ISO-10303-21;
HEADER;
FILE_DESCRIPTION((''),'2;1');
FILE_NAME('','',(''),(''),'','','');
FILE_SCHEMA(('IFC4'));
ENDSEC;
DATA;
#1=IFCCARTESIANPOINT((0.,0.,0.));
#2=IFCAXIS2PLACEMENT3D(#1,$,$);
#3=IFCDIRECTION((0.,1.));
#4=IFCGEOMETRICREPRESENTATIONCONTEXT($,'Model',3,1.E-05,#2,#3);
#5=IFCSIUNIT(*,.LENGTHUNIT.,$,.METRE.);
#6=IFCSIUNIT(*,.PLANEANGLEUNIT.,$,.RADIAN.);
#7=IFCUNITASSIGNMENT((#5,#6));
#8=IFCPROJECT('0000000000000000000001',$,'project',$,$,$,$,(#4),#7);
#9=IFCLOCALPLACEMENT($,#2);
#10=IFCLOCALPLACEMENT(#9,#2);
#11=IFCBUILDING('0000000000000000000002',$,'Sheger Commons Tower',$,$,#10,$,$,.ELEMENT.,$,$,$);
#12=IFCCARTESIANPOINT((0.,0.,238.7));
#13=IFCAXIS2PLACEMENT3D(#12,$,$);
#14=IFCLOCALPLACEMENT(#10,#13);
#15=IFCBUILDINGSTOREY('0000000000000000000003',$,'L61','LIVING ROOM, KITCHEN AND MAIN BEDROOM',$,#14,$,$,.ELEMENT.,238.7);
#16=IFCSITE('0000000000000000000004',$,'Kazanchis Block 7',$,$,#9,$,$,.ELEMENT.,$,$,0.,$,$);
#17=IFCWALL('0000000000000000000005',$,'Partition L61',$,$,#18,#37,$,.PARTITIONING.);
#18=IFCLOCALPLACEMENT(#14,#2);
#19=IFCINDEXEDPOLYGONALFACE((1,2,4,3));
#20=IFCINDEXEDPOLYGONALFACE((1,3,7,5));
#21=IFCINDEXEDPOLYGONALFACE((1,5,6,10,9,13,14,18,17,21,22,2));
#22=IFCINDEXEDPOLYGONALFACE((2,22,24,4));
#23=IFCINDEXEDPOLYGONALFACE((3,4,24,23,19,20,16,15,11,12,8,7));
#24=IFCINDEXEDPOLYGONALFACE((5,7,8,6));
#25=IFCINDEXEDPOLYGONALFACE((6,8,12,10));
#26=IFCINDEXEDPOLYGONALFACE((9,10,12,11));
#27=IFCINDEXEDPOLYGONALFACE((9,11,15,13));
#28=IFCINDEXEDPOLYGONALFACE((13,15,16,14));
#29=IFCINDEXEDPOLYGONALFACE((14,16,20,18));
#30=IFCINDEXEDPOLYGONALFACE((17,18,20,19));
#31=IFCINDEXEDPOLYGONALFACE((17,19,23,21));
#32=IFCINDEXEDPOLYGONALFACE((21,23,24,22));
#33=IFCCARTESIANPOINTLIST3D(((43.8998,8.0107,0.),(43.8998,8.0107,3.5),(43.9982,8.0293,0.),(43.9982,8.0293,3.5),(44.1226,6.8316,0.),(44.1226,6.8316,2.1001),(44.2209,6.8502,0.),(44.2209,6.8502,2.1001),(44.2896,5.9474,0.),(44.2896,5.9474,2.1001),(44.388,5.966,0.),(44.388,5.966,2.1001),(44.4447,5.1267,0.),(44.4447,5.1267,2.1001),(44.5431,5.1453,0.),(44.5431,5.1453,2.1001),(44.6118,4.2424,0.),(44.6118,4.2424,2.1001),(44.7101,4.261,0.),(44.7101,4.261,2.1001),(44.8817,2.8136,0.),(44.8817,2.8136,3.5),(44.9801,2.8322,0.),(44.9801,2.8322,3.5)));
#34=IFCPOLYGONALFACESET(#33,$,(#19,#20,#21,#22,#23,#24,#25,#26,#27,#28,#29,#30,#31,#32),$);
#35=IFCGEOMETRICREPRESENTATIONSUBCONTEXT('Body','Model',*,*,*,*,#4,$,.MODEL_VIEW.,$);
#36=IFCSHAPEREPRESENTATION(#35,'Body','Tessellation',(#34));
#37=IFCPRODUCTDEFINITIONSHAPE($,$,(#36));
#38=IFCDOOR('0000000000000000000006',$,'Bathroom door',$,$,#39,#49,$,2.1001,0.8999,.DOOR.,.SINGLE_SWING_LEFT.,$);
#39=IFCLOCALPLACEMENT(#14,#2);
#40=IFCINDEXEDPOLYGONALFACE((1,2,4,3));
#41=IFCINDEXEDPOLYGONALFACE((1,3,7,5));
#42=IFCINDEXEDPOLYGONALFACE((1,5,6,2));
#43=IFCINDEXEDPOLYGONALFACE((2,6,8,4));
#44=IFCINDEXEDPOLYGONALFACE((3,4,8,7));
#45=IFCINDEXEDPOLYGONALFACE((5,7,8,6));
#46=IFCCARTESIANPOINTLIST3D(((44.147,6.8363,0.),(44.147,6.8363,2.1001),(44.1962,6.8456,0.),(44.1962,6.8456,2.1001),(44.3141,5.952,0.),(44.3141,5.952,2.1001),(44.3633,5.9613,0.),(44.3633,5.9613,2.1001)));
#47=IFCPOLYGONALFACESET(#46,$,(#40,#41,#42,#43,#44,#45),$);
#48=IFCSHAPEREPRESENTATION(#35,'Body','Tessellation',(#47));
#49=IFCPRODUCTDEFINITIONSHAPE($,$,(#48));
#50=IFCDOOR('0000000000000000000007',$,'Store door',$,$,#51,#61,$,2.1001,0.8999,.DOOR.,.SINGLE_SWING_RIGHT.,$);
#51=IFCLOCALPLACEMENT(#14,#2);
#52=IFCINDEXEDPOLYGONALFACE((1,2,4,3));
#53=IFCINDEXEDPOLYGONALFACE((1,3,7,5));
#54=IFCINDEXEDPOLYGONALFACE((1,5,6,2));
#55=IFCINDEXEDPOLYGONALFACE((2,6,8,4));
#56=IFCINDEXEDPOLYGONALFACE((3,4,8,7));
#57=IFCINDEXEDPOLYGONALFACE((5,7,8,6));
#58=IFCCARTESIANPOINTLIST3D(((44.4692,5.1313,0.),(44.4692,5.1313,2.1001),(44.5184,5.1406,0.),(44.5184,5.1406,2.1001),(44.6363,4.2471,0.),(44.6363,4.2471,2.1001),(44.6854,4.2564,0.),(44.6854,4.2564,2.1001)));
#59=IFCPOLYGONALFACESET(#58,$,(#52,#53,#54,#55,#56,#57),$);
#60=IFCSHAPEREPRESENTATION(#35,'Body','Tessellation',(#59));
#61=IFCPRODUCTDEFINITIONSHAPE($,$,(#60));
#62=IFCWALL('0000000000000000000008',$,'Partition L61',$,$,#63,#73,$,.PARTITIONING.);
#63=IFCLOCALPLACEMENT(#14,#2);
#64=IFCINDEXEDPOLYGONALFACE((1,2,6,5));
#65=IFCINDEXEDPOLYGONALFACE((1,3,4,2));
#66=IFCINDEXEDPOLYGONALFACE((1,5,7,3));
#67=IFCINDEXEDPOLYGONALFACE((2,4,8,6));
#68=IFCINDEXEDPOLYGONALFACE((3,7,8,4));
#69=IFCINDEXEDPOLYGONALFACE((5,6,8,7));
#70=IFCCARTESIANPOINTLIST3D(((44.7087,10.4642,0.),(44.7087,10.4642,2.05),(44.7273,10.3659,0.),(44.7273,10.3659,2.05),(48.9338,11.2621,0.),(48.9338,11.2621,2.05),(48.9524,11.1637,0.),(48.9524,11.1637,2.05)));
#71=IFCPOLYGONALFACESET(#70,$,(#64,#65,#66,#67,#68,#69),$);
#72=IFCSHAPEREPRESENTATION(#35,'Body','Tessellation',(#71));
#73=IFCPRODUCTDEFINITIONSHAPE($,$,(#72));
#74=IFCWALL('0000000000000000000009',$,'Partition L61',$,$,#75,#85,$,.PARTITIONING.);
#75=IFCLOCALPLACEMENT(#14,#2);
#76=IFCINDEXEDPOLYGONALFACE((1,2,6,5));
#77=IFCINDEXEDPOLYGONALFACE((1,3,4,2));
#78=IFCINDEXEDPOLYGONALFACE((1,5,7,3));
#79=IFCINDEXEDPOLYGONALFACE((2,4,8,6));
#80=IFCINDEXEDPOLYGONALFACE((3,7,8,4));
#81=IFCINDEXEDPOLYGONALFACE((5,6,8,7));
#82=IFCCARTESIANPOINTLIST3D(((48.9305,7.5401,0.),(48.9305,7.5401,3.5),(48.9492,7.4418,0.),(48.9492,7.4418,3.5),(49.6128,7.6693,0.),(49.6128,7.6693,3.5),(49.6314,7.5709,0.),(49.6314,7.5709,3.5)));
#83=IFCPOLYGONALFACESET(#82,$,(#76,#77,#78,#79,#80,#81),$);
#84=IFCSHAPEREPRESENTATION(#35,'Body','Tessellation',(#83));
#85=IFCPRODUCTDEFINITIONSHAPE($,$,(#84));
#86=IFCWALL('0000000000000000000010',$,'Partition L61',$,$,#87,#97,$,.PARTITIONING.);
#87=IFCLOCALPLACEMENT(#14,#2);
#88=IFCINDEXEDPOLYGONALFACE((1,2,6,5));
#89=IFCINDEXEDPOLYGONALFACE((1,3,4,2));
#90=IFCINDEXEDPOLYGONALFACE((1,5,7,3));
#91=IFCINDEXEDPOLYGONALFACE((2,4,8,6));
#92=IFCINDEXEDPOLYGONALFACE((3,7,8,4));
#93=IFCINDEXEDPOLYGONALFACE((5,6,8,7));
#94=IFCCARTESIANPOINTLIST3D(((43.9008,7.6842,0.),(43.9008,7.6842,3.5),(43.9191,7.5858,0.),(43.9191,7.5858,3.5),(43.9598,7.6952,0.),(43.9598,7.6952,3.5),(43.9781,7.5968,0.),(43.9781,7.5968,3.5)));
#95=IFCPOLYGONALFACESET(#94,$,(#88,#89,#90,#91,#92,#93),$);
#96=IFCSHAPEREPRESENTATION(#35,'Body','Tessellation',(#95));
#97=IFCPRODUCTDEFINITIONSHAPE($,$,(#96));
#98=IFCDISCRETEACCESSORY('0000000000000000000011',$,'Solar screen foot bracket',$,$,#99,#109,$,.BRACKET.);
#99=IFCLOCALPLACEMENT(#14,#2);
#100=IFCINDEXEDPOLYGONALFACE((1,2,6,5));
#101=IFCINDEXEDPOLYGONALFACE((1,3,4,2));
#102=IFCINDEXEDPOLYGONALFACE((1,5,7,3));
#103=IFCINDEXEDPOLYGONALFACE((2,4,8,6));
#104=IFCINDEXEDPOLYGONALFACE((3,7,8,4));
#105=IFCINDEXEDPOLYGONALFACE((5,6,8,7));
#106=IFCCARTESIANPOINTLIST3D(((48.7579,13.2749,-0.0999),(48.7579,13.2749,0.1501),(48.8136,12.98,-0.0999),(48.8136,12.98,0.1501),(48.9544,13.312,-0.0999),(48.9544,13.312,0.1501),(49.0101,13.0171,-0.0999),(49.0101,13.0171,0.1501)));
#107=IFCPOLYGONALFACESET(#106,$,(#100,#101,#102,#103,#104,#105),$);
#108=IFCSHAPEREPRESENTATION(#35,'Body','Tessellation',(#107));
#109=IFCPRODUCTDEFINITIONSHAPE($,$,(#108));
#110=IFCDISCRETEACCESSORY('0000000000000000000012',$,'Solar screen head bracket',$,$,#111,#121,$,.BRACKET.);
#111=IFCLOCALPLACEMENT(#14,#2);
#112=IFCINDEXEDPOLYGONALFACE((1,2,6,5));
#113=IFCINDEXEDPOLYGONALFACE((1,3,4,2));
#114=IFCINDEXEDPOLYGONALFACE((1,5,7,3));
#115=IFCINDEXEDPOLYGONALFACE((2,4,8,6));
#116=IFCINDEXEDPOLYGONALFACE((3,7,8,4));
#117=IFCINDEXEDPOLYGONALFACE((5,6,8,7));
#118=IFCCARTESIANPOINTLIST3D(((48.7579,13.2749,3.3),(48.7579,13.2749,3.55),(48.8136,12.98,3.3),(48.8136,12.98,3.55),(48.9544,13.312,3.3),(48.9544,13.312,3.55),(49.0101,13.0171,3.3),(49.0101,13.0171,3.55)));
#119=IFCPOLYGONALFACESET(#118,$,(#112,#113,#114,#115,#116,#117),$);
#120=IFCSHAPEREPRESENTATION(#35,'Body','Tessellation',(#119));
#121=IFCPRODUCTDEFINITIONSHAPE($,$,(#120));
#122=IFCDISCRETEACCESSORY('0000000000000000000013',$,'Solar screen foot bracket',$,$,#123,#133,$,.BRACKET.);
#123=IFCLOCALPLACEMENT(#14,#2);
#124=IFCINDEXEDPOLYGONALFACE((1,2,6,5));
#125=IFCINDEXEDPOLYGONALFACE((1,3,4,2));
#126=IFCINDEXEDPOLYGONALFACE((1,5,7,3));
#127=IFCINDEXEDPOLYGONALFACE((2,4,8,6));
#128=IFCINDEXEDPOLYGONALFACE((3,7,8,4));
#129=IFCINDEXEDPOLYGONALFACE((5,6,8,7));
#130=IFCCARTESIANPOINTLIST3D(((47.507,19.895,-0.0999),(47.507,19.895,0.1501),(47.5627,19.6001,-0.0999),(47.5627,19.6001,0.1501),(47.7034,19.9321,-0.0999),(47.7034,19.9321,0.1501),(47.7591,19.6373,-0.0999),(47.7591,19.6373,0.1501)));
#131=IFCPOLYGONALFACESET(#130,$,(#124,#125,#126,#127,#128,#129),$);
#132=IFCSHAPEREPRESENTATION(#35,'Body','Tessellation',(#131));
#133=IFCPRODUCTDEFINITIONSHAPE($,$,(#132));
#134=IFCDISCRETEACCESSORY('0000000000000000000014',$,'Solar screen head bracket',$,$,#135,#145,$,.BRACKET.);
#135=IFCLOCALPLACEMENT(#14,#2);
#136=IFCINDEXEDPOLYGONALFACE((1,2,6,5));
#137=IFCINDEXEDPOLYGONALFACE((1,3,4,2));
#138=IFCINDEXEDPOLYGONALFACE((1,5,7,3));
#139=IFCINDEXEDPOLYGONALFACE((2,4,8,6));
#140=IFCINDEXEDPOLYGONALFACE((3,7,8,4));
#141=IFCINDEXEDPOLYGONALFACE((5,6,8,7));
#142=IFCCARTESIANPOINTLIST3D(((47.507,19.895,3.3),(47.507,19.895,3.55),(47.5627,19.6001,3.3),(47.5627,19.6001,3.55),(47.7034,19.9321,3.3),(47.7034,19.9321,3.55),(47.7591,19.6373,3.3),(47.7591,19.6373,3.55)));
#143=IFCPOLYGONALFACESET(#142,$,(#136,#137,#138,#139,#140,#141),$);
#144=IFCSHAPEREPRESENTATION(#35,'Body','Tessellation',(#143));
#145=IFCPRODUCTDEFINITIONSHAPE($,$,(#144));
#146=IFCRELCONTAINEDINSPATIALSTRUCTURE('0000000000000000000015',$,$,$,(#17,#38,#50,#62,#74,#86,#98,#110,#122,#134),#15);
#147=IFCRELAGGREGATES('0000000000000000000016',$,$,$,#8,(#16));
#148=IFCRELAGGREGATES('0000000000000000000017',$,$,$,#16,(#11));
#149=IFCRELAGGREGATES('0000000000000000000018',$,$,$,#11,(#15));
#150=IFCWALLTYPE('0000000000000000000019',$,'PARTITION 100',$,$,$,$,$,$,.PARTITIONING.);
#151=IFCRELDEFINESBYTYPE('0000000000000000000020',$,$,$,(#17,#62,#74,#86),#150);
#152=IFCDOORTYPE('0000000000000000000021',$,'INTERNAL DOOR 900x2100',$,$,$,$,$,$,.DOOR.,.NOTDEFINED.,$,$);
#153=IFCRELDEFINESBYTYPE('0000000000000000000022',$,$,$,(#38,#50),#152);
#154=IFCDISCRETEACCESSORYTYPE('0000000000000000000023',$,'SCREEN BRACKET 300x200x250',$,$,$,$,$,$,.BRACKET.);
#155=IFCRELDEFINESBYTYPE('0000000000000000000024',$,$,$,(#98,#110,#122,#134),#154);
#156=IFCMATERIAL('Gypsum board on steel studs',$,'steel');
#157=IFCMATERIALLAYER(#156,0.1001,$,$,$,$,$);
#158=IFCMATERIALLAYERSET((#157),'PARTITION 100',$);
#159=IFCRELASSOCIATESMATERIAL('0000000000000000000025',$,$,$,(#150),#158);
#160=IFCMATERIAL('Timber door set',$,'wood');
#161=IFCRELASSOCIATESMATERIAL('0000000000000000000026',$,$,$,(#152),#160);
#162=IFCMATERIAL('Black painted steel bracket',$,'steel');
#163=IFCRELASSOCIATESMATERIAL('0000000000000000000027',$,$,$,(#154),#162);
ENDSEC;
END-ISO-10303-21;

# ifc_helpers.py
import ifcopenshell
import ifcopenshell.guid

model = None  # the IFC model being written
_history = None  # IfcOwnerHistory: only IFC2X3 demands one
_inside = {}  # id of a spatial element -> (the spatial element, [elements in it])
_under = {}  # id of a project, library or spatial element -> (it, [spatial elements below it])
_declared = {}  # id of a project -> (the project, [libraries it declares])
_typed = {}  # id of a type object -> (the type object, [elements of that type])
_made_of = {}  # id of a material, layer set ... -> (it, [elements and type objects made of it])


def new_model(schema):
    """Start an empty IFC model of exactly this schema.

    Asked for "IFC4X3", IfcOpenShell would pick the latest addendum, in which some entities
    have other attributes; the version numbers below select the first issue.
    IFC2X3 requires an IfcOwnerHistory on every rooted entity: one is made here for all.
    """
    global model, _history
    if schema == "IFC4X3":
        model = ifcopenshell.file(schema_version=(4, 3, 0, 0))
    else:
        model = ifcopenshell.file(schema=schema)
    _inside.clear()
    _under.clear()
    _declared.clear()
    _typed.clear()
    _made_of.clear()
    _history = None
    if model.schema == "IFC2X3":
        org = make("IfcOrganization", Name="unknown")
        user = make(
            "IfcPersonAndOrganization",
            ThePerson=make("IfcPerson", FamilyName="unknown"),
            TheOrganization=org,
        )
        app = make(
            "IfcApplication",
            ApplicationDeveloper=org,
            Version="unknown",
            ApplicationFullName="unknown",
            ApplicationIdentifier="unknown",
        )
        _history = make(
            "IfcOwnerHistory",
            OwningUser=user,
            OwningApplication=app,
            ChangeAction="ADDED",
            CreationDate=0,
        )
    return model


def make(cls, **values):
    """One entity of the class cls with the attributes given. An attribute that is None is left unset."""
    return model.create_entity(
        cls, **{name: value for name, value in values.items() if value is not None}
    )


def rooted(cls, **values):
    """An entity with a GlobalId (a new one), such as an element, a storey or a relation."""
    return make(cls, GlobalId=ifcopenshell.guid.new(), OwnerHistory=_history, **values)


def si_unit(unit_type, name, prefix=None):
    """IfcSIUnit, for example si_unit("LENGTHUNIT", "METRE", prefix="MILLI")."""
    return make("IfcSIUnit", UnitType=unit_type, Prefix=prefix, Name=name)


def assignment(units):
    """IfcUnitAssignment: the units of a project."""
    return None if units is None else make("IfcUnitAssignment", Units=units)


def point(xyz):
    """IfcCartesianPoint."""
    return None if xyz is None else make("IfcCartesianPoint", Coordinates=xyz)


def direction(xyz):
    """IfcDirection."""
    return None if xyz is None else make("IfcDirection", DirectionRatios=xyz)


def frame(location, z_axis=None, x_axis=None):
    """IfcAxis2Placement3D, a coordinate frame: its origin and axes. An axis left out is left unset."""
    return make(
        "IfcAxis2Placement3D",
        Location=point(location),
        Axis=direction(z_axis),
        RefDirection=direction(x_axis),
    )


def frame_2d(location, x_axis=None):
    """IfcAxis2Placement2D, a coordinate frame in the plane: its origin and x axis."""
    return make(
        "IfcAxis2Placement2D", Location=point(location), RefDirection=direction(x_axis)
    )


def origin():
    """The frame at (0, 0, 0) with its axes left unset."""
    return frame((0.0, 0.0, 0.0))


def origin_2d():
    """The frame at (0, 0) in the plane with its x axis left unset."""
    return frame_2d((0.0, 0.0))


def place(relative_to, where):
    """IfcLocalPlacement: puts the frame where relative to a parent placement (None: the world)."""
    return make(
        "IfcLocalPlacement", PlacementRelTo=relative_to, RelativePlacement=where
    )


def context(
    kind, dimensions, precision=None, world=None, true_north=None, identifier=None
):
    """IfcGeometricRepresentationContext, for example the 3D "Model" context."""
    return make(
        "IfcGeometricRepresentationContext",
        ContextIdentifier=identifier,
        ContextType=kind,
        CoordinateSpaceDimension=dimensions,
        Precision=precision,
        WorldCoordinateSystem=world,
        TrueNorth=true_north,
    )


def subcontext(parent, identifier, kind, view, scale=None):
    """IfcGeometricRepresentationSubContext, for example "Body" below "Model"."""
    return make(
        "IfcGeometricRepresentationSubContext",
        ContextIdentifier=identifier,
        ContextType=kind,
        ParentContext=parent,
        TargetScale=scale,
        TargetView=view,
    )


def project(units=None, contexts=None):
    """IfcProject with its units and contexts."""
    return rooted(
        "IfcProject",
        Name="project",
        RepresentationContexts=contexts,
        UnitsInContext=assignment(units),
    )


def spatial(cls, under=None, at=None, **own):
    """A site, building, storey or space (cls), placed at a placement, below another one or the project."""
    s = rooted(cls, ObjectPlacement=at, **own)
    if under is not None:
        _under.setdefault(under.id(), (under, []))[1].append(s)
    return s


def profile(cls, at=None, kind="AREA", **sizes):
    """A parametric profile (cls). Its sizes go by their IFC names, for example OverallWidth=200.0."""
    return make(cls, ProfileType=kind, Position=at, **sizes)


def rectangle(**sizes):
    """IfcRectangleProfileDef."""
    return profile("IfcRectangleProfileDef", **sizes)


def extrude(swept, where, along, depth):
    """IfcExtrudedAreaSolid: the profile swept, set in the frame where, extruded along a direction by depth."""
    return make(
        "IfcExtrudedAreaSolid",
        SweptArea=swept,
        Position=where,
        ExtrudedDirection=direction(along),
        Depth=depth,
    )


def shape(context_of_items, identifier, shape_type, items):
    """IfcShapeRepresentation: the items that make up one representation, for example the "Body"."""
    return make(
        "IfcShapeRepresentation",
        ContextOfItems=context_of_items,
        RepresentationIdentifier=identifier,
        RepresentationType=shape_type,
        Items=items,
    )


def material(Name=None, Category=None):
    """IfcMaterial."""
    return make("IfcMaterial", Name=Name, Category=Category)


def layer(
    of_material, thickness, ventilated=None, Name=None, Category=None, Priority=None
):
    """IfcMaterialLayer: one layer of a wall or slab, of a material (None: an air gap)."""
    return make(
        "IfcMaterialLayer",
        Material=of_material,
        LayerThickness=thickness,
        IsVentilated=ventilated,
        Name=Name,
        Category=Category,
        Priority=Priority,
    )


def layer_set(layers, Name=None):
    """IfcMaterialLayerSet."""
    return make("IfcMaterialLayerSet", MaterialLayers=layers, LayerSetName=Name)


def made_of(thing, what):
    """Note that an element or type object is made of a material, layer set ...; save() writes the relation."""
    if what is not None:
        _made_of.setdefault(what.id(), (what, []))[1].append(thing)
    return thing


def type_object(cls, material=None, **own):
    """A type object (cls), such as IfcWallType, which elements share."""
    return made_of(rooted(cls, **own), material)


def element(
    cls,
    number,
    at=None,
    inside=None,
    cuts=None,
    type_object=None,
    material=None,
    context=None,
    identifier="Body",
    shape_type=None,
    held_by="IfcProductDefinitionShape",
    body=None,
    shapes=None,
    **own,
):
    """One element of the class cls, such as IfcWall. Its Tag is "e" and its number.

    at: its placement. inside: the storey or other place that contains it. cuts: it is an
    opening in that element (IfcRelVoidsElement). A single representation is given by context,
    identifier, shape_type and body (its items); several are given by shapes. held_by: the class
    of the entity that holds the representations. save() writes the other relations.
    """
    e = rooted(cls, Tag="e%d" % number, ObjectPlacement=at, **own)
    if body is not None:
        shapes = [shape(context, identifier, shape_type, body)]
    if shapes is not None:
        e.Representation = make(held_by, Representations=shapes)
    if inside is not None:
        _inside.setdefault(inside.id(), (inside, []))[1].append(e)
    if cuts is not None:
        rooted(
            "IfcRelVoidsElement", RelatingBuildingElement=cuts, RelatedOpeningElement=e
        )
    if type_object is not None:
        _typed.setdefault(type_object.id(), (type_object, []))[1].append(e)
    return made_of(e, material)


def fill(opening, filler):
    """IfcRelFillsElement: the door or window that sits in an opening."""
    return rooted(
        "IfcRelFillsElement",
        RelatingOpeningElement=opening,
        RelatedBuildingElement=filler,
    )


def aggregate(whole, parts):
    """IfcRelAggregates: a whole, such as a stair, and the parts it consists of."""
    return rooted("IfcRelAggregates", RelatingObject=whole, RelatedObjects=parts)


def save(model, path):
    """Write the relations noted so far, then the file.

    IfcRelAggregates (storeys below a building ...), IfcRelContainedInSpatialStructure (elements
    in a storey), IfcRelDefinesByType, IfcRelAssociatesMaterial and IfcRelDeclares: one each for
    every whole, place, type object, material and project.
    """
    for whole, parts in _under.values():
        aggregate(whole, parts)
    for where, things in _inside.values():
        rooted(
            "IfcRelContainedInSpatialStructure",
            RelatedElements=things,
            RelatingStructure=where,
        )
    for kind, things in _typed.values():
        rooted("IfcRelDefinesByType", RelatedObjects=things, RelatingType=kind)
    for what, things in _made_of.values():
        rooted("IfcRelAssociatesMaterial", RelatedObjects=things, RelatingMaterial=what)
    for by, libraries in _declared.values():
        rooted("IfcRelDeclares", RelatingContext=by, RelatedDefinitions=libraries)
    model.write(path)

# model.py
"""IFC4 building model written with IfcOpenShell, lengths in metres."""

from ifc_helpers import new_model, si_unit, direction, frame, frame_2d, origin, origin_2d, place, context, subcontext, project, spatial, rectangle, extrude, material, layer, layer_set, type_object, element, fill, save


model = new_model("IFC4")

# Units and contexts
model_context = context("Model", 3, precision=1e-05, world=origin(), true_north=direction((0.0, 1.0)))
body_context = subcontext(model_context, "Body", "Model", "MODEL_VIEW")
ifc_project = project(units=[si_unit("LENGTHUNIT", "METRE"), si_unit("PLANEANGLEUNIT", "RADIAN")], contexts=[model_context])

# Site, building, storey
site_placement = place(None, origin())
site = spatial("IfcSite", under=ifc_project, at=site_placement, Name="Kazanchis Block 7", CompositionType="ELEMENT", RefElevation=0.0)
building_placement = place(site_placement, origin())
building = spatial("IfcBuilding", under=site, at=building_placement, Name="Sheger Commons Tower", CompositionType="ELEMENT")
storey_placement = place(building_placement, frame((0.0, 0.0, 238.7)))
storey = spatial("IfcBuildingStorey", under=building, at=storey_placement, Name="L61", Description="LIVING ROOM, KITCHEN AND MAIN BEDROOM", CompositionType="ELEMENT", Elevation=238.7)

# Shared definitions
ifc_material_1 = material(Name="Gypsum board on steel studs", Category="steel")
ifc_layer_1 = layer(ifc_material_1, 0.1001)
ifc_layer_set_1 = layer_set([ifc_layer_1], Name="PARTITION 100")
wall_type_1 = type_object("IfcWallType", Name="PARTITION 100", PredefinedType="PARTITIONING", material=ifc_layer_set_1)

# Shared definitions
ifc_material_2 = material(Name="Timber door set", Category="wood")
door_type = type_object("IfcDoorType", Name="INTERNAL DOOR 900x2100", OperationType="NOTDEFINED", PredefinedType="DOOR", material=ifc_material_2)

# Wall, openings, doors
wall_1_placement = place(storey_placement, frame((43.949, 8.02, 0.0), z_axis=(0.0, 0.0, 1.0), x_axis=(0.185657, -0.982615, 0.0)))
wall_1 = element("IfcWall", 1, at=wall_1_placement, inside=storey, type_object=wall_type_1, Name="Partition L61", PredefinedType="PARTITIONING", context=body_context, shape_type="SweptSolid", body=[
    extrude(rectangle(XDim=5.2891, YDim=0.1001, at=frame_2d((2.6445, 0.0))), origin(), (0.0, 0.0, 1.0), 3.5),
])
opening_1_placement = place(wall_1_placement, frame((1.2, 0.0, 0.0)))
opening_1 = element("IfcOpeningElement", 2, at=opening_1_placement, cuts=wall_1, PredefinedType="OPENING", context=body_context, shape_type="SweptSolid", body=[
    extrude(rectangle(XDim=0.8999, YDim=2.1001, at=frame_2d((0.45, 1.05))), frame((0.0, 0.0601, 0.0), z_axis=(0.0, -1.0, 0.0), x_axis=(1.0, 0.0, 0.0)), (0.0, 0.0, 1.0), 0.1201),
])
opening_2_placement = place(wall_1_placement, frame((2.9351, 0.0, 0.0)))
opening_2 = element("IfcOpeningElement", 3, at=opening_2_placement, cuts=wall_1, PredefinedType="OPENING", context=body_context, shape_type="SweptSolid", body=[
    extrude(rectangle(XDim=0.8999, YDim=2.1001, at=frame_2d((0.45, 1.05))), frame((0.0, 0.0601, 0.0), z_axis=(0.0, -1.0, 0.0), x_axis=(1.0, 0.0, 0.0)), (0.0, 0.0, 1.0), 0.1201),
])
door_1_placement = place(opening_1_placement, origin())
door_1 = element("IfcDoor", 4, at=door_1_placement, inside=storey, type_object=door_type, Name="Bathroom door", OperationType="SINGLE_SWING_LEFT", OverallHeight=2.1001, OverallWidth=0.8999, PredefinedType="DOOR", context=body_context, shape_type="SweptSolid", body=[
    extrude(rectangle(XDim=0.8999, YDim=2.1001, at=frame_2d((0.45, 1.05))), frame((0.0, 0.0249, 0.0), z_axis=(0.0, -1.0, 0.0), x_axis=(1.0, 0.0, 0.0)), (0.0, 0.0, 1.0), 0.05),
])
fill(opening_1, door_1)
door_2_placement = place(opening_2_placement, origin())
door_2 = element("IfcDoor", 5, at=door_2_placement, inside=storey, type_object=door_type, Name="Store door", OperationType="SINGLE_SWING_RIGHT", OverallHeight=2.1001, OverallWidth=0.8999, PredefinedType="DOOR", context=body_context, shape_type="SweptSolid", body=[
    extrude(rectangle(XDim=0.8999, YDim=2.1001, at=frame_2d((0.45, 1.05))), frame((0.0, 0.0249, 0.0), z_axis=(0.0, -1.0, 0.0), x_axis=(1.0, 0.0, 0.0)), (0.0, 0.0, 1.0), 0.05),
])
fill(opening_2, door_2)

# Walls
wall_2_placement = place(storey_placement, frame((48.9431, 11.2129, 0.0), z_axis=(0.0, 0.0, 1.0), x_axis=(-0.982634, -0.185557, 0.0)))
element("IfcWall", 6, at=wall_2_placement, inside=storey, type_object=wall_type_1, Name="Partition L61", PredefinedType="PARTITIONING", context=body_context, shape_type="SweptSolid", body=[
    extrude(rectangle(XDim=4.2998, YDim=0.1001, at=frame_2d((2.1499, 0.0))), origin(), (0.0, 0.0, 1.0), 2.05),
])
wall_3_placement = place(storey_placement, frame((49.6221, 7.6201, 0.0), z_axis=(0.0, 0.0, 1.0), x_axis=(-0.982544, -0.186029, 0.0)))
element("IfcWall", 7, at=wall_3_placement, inside=storey, type_object=wall_type_1, Name="Partition L61", PredefinedType="PARTITIONING", context=body_context, shape_type="SweptSolid", body=[
    extrude(rectangle(XDim=0.6943, YDim=0.1001, at=frame_2d((0.3472, 0.0))), origin(), (0.0, 0.0, 1.0), 3.5),
])
wall_4_placement = place(storey_placement, frame((43.969, 7.646, 0.0), z_axis=(0.0, 0.0, 1.0), x_axis=(-0.983147, -0.182817, 0.0)))
element("IfcWall", 8, at=wall_4_placement, inside=storey, type_object=wall_type_1, Name="Partition L61", PredefinedType="PARTITIONING", context=body_context, shape_type="SweptSolid", body=[
    extrude(rectangle(XDim=0.0601, YDim=0.1001, at=frame_2d((0.03, 0.0))), origin(), (0.0, 0.0, 1.0), 3.5),
])

# Discrete accessories
ifc_material_3 = material(Name="Black painted steel bracket", Category="steel")
discrete_accessory_type = type_object("IfcDiscreteAccessoryType", Name="SCREEN BRACKET 300x200x250", PredefinedType="BRACKET", material=ifc_material_3)
for number, where, z_axis, x_axis, name in (
    (9, (48.884, 13.146, -0.0999), (0.0, 0.0, 1.0), (-0.185615, 0.982623, 0.0), "Solar screen foot bracket"),
    (10, (48.884, 13.146, 3.3), (0.0, 0.0, 1.0), (-0.185615, 0.982623, 0.0), "Solar screen head bracket"),
    (11, (47.6331, 19.7661, -0.0999), (0.0, 0.0, 1.0), (-0.185615, 0.982623, 0.0), "Solar screen foot bracket"),
    (12, (47.6331, 19.7661, 3.3), (0.0, 0.0, 1.0), (-0.185615, 0.982623, 0.0), "Solar screen head bracket"),
):
    element("IfcDiscreteAccessory", number, at=place(storey_placement, frame(where, z_axis=z_axis, x_axis=x_axis)), inside=storey, type_object=discrete_accessory_type, Name=name, PredefinedType="BRACKET", context=body_context, shape_type="SweptSolid", body=[
        extrude(rectangle(XDim=0.3, YDim=0.2, at=origin_2d()), origin(), (0.0, 0.0, 1.0), 0.25),
    ])

save(model, "model.ifc")
